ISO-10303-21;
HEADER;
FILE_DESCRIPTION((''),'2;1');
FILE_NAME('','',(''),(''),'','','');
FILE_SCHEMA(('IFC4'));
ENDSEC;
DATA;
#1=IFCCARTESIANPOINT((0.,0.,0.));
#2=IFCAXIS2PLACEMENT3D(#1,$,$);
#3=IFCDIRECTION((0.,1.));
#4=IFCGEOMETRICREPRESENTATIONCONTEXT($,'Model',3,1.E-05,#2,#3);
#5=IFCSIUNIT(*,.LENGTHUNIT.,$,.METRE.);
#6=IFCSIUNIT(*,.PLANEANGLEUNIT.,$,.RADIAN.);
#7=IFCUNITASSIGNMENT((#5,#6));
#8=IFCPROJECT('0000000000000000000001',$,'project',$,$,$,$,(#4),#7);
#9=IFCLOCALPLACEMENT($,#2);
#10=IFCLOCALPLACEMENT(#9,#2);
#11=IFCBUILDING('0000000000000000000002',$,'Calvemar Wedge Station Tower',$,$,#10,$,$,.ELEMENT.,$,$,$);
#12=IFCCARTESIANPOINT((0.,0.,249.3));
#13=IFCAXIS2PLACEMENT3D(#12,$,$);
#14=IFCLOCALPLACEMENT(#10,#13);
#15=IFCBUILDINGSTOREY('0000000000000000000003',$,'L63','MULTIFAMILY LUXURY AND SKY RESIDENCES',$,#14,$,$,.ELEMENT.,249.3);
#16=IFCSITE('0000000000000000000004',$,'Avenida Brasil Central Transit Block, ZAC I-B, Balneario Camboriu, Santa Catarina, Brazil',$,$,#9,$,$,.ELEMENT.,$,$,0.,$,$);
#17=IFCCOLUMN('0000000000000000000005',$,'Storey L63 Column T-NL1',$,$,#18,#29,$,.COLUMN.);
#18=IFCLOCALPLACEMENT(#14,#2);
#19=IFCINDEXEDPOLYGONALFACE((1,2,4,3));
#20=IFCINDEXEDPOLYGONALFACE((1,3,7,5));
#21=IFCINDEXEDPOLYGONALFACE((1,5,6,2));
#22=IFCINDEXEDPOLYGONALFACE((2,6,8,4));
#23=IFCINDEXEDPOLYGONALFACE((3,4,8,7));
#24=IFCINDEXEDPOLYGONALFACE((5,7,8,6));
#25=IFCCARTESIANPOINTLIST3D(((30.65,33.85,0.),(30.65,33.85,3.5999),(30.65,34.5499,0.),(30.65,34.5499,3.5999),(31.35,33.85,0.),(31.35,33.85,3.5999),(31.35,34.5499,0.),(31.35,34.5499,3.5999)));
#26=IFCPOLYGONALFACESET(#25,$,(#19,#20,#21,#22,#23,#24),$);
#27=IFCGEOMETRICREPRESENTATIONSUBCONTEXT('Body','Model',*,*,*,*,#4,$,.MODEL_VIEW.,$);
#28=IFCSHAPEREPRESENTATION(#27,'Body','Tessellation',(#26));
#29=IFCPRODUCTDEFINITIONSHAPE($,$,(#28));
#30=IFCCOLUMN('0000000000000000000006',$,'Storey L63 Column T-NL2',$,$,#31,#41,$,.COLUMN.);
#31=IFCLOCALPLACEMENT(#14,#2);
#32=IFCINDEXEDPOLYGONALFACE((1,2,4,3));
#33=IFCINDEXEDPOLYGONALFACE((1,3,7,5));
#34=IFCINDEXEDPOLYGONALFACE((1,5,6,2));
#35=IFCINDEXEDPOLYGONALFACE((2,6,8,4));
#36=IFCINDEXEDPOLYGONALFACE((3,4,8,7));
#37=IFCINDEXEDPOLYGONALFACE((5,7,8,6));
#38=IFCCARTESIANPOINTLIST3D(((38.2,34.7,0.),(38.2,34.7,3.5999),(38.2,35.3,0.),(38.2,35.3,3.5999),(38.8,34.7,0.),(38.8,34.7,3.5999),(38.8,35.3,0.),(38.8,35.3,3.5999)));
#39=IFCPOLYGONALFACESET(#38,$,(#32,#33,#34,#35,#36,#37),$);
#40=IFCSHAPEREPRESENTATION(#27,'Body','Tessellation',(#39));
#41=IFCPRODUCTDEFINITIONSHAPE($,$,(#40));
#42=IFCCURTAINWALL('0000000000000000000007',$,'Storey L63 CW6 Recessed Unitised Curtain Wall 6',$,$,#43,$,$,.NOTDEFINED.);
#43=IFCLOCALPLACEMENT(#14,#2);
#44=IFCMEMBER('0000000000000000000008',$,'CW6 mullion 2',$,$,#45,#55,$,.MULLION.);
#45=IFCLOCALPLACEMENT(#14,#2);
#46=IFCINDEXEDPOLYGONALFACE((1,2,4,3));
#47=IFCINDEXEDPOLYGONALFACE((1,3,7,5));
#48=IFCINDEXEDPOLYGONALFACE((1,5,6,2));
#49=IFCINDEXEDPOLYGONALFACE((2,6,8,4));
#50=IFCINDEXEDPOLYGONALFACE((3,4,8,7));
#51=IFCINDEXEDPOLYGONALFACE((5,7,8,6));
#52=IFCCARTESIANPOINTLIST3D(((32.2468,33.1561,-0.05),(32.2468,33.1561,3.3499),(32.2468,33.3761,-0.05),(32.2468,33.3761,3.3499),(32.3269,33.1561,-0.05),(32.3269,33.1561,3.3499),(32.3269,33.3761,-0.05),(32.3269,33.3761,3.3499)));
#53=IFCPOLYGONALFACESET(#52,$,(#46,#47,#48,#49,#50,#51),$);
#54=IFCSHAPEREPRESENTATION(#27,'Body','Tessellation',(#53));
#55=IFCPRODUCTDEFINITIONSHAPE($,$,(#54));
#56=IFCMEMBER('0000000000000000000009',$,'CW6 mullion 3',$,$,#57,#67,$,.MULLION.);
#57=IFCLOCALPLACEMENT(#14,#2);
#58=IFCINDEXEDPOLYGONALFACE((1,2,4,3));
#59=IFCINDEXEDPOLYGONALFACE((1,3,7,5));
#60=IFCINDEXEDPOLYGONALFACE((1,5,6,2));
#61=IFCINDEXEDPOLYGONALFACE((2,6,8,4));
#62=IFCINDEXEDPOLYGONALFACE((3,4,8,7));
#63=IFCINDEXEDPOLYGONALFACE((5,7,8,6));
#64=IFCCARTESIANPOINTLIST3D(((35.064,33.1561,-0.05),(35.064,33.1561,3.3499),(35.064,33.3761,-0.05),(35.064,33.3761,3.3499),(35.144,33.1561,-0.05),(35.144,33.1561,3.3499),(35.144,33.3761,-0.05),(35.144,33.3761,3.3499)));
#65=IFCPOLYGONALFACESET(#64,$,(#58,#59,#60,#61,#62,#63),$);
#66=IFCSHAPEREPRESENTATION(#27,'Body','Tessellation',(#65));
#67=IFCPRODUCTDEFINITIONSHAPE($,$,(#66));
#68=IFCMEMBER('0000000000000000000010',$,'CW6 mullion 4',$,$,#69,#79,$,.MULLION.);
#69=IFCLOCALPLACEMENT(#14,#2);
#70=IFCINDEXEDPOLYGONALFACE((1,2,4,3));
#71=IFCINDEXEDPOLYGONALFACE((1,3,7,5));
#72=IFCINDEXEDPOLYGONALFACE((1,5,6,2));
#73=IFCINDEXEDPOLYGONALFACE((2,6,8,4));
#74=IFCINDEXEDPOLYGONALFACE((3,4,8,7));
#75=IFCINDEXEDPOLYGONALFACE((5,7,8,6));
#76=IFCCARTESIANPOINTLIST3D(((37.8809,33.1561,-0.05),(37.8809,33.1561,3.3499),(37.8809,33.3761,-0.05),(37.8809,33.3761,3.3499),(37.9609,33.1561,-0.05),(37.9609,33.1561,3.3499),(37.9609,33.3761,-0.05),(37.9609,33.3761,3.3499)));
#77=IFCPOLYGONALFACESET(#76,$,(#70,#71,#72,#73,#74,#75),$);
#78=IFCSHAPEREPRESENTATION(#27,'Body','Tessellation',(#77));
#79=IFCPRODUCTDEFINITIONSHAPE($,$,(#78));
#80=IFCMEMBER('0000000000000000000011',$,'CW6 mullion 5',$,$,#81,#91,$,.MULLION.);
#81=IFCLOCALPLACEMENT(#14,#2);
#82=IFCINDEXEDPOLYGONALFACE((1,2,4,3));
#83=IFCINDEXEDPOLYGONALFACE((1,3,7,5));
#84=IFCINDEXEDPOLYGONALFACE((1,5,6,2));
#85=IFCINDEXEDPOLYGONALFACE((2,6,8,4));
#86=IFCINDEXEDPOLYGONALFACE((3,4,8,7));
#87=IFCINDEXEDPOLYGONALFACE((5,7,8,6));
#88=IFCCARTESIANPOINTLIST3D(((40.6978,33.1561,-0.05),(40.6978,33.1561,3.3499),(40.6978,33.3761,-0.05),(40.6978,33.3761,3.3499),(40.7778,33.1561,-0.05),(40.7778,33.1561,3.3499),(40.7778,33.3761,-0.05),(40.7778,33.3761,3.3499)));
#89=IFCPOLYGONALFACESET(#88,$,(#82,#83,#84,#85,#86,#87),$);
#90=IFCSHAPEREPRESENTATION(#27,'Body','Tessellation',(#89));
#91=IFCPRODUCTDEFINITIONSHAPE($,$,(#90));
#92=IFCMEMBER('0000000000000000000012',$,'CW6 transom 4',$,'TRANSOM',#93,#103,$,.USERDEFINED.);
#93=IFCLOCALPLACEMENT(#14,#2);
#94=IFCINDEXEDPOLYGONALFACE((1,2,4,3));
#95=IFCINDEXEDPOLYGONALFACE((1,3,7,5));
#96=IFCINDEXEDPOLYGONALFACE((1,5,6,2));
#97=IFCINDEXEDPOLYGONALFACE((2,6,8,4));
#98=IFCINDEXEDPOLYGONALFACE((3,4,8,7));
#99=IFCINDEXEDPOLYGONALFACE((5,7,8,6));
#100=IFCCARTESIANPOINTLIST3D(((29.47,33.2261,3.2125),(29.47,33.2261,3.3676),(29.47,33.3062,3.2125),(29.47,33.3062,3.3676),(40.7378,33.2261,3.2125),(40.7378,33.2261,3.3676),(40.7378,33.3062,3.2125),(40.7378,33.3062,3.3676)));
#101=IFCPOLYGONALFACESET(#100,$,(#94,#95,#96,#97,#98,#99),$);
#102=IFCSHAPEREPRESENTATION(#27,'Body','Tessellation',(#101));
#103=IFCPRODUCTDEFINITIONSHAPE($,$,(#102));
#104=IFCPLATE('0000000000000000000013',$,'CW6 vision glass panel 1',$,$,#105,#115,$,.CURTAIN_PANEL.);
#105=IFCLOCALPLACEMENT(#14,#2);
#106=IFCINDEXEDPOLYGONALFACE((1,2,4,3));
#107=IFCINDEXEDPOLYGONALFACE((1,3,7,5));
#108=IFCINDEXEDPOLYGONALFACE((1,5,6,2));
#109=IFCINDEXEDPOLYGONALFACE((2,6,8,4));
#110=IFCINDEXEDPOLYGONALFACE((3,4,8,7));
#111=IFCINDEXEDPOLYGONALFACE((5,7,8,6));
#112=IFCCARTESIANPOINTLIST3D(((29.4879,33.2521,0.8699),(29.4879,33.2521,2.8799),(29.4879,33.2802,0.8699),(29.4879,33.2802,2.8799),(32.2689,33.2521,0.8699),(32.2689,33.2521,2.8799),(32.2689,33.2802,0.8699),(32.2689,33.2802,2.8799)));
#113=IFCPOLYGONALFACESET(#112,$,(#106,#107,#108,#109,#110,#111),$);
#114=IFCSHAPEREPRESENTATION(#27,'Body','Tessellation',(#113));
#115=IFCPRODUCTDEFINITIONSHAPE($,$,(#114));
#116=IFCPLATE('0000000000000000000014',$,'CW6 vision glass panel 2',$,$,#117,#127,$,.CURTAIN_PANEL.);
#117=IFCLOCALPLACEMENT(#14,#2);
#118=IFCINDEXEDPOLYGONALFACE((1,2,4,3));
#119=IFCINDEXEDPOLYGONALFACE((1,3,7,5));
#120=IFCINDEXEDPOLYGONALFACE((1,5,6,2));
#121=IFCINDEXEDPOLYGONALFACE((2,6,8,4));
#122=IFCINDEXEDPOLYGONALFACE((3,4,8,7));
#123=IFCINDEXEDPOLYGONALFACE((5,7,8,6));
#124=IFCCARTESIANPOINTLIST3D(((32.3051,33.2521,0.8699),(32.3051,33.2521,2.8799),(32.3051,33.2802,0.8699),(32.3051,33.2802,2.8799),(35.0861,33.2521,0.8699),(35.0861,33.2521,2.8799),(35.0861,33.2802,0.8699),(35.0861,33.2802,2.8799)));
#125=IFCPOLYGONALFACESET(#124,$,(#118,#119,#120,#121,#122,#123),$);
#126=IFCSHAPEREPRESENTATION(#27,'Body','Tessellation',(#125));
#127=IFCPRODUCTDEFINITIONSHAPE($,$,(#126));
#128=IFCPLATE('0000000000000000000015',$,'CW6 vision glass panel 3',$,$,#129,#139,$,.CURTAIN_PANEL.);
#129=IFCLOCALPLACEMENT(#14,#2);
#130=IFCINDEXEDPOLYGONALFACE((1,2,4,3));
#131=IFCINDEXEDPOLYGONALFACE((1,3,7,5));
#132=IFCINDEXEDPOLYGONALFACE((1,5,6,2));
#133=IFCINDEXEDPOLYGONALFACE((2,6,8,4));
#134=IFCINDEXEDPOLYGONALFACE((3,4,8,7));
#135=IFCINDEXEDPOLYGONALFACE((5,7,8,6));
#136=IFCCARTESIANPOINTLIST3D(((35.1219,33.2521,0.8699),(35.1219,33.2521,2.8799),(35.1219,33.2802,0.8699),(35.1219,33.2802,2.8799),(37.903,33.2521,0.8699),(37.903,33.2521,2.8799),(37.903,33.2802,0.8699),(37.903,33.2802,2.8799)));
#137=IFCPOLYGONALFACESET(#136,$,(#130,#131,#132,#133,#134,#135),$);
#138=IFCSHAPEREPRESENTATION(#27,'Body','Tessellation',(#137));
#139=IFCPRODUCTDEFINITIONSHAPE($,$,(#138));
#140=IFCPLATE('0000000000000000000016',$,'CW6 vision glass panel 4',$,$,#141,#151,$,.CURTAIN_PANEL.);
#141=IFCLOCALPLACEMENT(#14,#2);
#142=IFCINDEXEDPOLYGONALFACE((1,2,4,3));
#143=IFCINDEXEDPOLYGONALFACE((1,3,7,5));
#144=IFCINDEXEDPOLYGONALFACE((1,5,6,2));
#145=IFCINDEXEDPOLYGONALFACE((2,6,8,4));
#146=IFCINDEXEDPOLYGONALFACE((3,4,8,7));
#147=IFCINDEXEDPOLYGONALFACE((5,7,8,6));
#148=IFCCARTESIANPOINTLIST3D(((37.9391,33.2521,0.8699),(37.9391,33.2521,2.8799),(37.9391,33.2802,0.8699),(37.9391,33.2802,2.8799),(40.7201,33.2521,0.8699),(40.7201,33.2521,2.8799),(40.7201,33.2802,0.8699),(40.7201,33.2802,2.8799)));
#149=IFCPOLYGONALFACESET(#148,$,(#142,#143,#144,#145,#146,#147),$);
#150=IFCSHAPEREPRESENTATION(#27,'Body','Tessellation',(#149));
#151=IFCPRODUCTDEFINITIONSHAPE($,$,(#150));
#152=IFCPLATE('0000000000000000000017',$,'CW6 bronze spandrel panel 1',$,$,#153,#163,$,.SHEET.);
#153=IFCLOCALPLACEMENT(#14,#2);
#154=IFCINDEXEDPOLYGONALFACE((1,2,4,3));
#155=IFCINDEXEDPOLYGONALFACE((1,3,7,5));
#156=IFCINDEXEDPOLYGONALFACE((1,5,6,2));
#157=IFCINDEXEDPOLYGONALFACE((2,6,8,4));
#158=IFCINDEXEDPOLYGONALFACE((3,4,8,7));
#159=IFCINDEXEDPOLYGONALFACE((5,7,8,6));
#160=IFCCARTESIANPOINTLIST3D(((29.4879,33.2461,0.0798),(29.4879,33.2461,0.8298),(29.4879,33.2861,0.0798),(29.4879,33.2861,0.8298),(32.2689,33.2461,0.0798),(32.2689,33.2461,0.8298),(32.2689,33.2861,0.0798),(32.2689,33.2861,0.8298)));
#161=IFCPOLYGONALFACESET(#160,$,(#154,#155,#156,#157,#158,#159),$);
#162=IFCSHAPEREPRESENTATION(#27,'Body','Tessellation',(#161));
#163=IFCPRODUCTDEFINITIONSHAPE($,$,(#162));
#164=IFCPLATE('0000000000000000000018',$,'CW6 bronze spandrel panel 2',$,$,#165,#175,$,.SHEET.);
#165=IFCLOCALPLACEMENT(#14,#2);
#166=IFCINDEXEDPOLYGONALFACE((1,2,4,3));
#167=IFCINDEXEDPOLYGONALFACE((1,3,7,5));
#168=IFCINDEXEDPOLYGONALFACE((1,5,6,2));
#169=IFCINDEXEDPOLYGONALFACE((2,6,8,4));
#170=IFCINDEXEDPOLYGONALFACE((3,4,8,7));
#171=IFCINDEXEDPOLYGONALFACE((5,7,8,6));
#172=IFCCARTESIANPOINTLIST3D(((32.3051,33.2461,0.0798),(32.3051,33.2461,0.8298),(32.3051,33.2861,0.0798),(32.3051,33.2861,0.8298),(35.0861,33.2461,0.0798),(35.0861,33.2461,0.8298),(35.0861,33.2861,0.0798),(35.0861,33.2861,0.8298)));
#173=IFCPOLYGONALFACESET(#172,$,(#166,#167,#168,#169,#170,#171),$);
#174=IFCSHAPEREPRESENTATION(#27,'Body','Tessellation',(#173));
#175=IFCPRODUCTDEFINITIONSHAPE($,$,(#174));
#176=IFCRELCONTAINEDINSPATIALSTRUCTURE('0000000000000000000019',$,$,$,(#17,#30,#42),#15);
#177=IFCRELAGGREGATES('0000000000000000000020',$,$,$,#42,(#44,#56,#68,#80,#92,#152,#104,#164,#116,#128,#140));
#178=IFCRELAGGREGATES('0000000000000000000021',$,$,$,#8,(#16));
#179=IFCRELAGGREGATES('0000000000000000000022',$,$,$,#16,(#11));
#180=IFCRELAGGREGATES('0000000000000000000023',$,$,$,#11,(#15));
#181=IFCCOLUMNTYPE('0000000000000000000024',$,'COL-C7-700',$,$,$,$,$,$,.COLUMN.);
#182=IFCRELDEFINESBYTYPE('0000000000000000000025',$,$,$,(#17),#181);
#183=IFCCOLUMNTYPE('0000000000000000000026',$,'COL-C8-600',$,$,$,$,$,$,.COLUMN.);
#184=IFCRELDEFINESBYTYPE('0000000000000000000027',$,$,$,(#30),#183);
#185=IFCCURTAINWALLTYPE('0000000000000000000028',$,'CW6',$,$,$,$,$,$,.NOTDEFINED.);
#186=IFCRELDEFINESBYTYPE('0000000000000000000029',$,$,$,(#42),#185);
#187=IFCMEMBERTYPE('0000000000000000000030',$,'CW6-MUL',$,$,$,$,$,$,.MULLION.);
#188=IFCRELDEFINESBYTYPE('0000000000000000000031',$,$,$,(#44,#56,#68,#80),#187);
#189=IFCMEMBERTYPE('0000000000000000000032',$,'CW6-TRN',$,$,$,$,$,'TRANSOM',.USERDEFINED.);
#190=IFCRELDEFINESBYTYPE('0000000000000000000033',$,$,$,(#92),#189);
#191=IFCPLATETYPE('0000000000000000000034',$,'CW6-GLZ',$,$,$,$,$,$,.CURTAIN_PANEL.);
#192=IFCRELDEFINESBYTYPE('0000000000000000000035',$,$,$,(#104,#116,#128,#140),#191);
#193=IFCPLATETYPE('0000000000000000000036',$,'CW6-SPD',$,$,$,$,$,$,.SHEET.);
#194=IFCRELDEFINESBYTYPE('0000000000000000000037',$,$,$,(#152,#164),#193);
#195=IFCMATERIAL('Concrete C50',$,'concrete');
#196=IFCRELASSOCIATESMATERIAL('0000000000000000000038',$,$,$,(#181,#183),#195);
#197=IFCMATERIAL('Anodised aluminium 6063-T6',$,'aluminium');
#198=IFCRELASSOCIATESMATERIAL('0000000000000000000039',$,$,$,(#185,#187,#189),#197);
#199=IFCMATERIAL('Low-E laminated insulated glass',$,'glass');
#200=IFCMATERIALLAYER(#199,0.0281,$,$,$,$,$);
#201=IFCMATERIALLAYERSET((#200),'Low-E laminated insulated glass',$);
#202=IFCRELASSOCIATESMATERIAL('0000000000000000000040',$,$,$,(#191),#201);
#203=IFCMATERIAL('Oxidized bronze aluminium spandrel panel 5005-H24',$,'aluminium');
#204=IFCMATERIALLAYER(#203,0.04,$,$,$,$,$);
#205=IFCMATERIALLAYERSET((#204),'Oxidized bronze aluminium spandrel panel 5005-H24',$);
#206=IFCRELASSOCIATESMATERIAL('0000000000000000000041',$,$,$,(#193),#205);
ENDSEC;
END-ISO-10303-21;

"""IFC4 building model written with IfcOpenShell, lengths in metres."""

from ifc_helpers import new_model, si_unit, direction, frame, frame_2d, origin, origin_2d, place, context, subcontext, project, spatial, rectangle, extrude, source, transform, mapped, material, layer, layer_set, material_profile, profile_set, type_object, element, aggregate, save


model = new_model("IFC4")

# Units and contexts
model_context = context("Model", 3, precision=1e-05, world=origin(), true_north=direction((0.0, 1.0)))
body_context = subcontext(model_context, "Body", "Model", "MODEL_VIEW")
ifc_project = project(units=[si_unit("LENGTHUNIT", "METRE"), si_unit("PLANEANGLEUNIT", "RADIAN")], contexts=[model_context])

# Site, building, storey
site_placement = place(None, origin())
site = spatial("IfcSite", under=ifc_project, at=site_placement, Name="Avenida Brasil Central Transit Block, ZAC I-B, Balneario Camboriu, Santa Catarina, Brazil", CompositionType="ELEMENT", RefElevation=0.0)
building_placement = place(site_placement, origin())
building = spatial("IfcBuilding", under=site, at=building_placement, Name="Calvemar Wedge Station Tower", CompositionType="ELEMENT")
storey_placement = place(building_placement, frame((0.0, 0.0, 249.3)))
storey = spatial("IfcBuildingStorey", under=building, at=storey_placement, Name="L63", Description="MULTIFAMILY LUXURY AND SKY RESIDENCES", CompositionType="ELEMENT", Elevation=249.3)

# Columns
ifc_material_1 = material(Name="Concrete C50", Category="concrete")
ifc_material_profile_1 = material_profile(ifc_material_1, rectangle(XDim=0.7, YDim=0.7, at=origin_2d()), Name="RC700x700")
ifc_profile_set_1 = profile_set([ifc_material_profile_1], Name="Concrete C50")
column_type_1 = type_object("IfcColumnType", Name="COL-C7-700", PredefinedType="COLUMN", material=ifc_profile_set_1)
shared_shape_1 = source(origin(), body_context, "Body", "SweptSolid", [
    extrude(rectangle(XDim=0.7, YDim=0.7, at=origin_2d()), origin(), (0.0, 0.0, 1.0), 3.5999),
])
column_1_placement = place(storey_placement, frame((31.0, 34.2, 0.0), z_axis=(0.0, 0.0, 1.0), x_axis=(1.0, 0.0, 0.0)))
element("IfcColumn", 1, at=column_1_placement, inside=storey, type_object=column_type_1, Name="Storey L63 Column T-NL1", PredefinedType="COLUMN", context=body_context, shape_type="MappedRepresentation", body=[
    mapped(shared_shape_1, transform((0.0, 0.0, 0.0), scale=1.0)),
])
ifc_material_profile_2 = material_profile(ifc_material_1, rectangle(XDim=0.6001, YDim=0.6001, at=origin_2d()), Name="RC600x600")
ifc_profile_set_2 = profile_set([ifc_material_profile_2], Name="Concrete C50")
column_type_2 = type_object("IfcColumnType", Name="COL-C8-600", PredefinedType="COLUMN", material=ifc_profile_set_2)
shared_shape_2 = source(origin(), body_context, "Body", "SweptSolid", [
    extrude(rectangle(XDim=0.6001, YDim=0.6001, at=origin_2d()), origin(), (0.0, 0.0, 1.0), 3.5999),
])
column_2_placement = place(storey_placement, frame((38.5, 35.0, 0.0), z_axis=(0.0, 0.0, 1.0), x_axis=(1.0, 0.0, 0.0)))
element("IfcColumn", 2, at=column_2_placement, inside=storey, type_object=column_type_2, Name="Storey L63 Column T-NL2", PredefinedType="COLUMN", context=body_context, shape_type="MappedRepresentation", body=[
    mapped(shared_shape_2, transform((0.0, 0.0, 0.0), scale=1.0)),
])

# Curtain wall, members, plates
ifc_material_2 = material(Name="Anodised aluminium 6063-T6", Category="aluminium")
curtain_wall_type = type_object("IfcCurtainWallType", Name="CW6", PredefinedType="NOTDEFINED", material=ifc_material_2)
curtain_wall_placement = place(storey_placement, origin())
curtain_wall = element("IfcCurtainWall", 3, at=curtain_wall_placement, inside=storey, type_object=curtain_wall_type, Name="Storey L63 CW6 Recessed Unitised Curtain Wall 6", PredefinedType="NOTDEFINED")
ifc_material_profile_3 = material_profile(ifc_material_2, rectangle(XDim=0.0801, YDim=0.22, at=origin_2d()), Name="AL-MUL-80x220")
ifc_profile_set_3 = profile_set([ifc_material_profile_3], Name="Anodised aluminium 6063-T6")
member_type_1 = type_object("IfcMemberType", Name="CW6-MUL", PredefinedType="MULLION", material=ifc_profile_set_3)
shared_shape_3 = source(origin(), body_context, "Body", "SweptSolid", [
    extrude(rectangle(XDim=0.0801, YDim=0.22, at=origin_2d()), origin(), (0.0, 0.0, 1.0), 3.3999),
])
member_1_placement = place(storey_placement, frame((32.2869, 33.2661, -0.05), z_axis=(0.0, 0.0, 1.0), x_axis=(1.0, 0.0, 0.0)))
member_1 = element("IfcMember", 4, at=member_1_placement, type_object=member_type_1, Name="CW6 mullion 2", PredefinedType="MULLION", context=body_context, shape_type="MappedRepresentation", body=[
    mapped(shared_shape_3, transform((0.0, 0.0, 0.0), scale=1.0)),
])
member_2_placement = place(storey_placement, frame((35.104, 33.2661, -0.05), z_axis=(0.0, 0.0, 1.0), x_axis=(1.0, 0.0, 0.0)))
member_2 = element("IfcMember", 5, at=member_2_placement, type_object=member_type_1, Name="CW6 mullion 3", PredefinedType="MULLION", context=body_context, shape_type="MappedRepresentation", body=[
    mapped(shared_shape_3, transform((0.0, 0.0, 0.0), scale=1.0)),
])
member_3_placement = place(storey_placement, frame((37.9209, 33.2661, -0.05), z_axis=(0.0, 0.0, 1.0), x_axis=(1.0, 0.0, 0.0)))
member_3 = element("IfcMember", 6, at=member_3_placement, type_object=member_type_1, Name="CW6 mullion 4", PredefinedType="MULLION", context=body_context, shape_type="MappedRepresentation", body=[
    mapped(shared_shape_3, transform((0.0, 0.0, 0.0), scale=1.0)),
])
member_4_placement = place(storey_placement, frame((40.7378, 33.2661, -0.05), z_axis=(0.0, 0.0, 1.0), x_axis=(1.0, 0.0, 0.0)))
member_4 = element("IfcMember", 7, at=member_4_placement, type_object=member_type_1, Name="CW6 mullion 5", PredefinedType="MULLION", context=body_context, shape_type="MappedRepresentation", body=[
    mapped(shared_shape_3, transform((0.0, 0.0, 0.0), scale=1.0)),
])
ifc_material_profile_4 = material_profile(ifc_material_2, rectangle(XDim=0.0801, YDim=0.155, at=origin_2d()), Name="AL-TRN-80x155")
ifc_profile_set_4 = profile_set([ifc_material_profile_4], Name="Anodised aluminium 6063-T6")
member_type_2 = type_object("IfcMemberType", Name="CW6-TRN", ElementType="TRANSOM", PredefinedType="USERDEFINED", material=ifc_profile_set_4)
shared_shape_4 = source(origin(), body_context, "Body", "SweptSolid", [
    extrude(rectangle(XDim=0.0801, YDim=0.155, at=origin_2d()), origin(), (0.0, 0.0, 1.0), 11.2678),
])
member_5_placement = place(storey_placement, frame((29.47, 33.2661, 3.29), z_axis=(1.0, 0.0, 0.0), x_axis=(0.0, 1.0, 0.0)))
member_5 = element("IfcMember", 8, at=member_5_placement, type_object=member_type_2, Name="CW6 transom 4", ObjectType="TRANSOM", PredefinedType="USERDEFINED", context=body_context, shape_type="MappedRepresentation", body=[
    mapped(shared_shape_4, transform((0.0, 0.0, 0.0), scale=1.0)),
])
ifc_material_3 = material(Name="Low-E laminated insulated glass", Category="glass")
ifc_layer_1 = layer(ifc_material_3, 0.0281)
ifc_layer_set_1 = layer_set([ifc_layer_1], Name="Low-E laminated insulated glass")
plate_type_1 = type_object("IfcPlateType", Name="CW6-GLZ", PredefinedType="CURTAIN_PANEL", material=ifc_layer_set_1)
plate_1_placement = place(storey_placement, frame((29.4878, 33.2661, 0.8699), z_axis=(0.0, 0.0, 1.0), x_axis=(1.0, 0.0, 0.0)))
plate_1 = element("IfcPlate", 9, at=plate_1_placement, type_object=plate_type_1, Name="CW6 vision glass panel 1", PredefinedType="CURTAIN_PANEL", context=body_context, shape_type="SweptSolid", body=[
    extrude(rectangle(XDim=2.781, YDim=0.0281, at=frame_2d((1.3906, 0.0))), origin(), (0.0, 0.0, 1.0), 2.01),
])
plate_2_placement = place(storey_placement, frame((32.3049, 33.2661, 0.8699), z_axis=(0.0, 0.0, 1.0), x_axis=(1.0, 0.0, 0.0)))
plate_2 = element("IfcPlate", 10, at=plate_2_placement, type_object=plate_type_1, Name="CW6 vision glass panel 2", PredefinedType="CURTAIN_PANEL", context=body_context, shape_type="SweptSolid", body=[
    extrude(rectangle(XDim=2.781, YDim=0.0281, at=frame_2d((1.3906, 0.0))), origin(), (0.0, 0.0, 1.0), 2.01),
])
plate_3_placement = place(storey_placement, frame((35.1218, 33.2661, 0.8699), z_axis=(0.0, 0.0, 1.0), x_axis=(1.0, 0.0, 0.0)))
plate_3 = element("IfcPlate", 11, at=plate_3_placement, type_object=plate_type_1, Name="CW6 vision glass panel 3", PredefinedType="CURTAIN_PANEL", context=body_context, shape_type="SweptSolid", body=[
    extrude(rectangle(XDim=2.781, YDim=0.0281, at=frame_2d((1.3906, 0.0))), origin(), (0.0, 0.0, 1.0), 2.01),
])
plate_4_placement = place(storey_placement, frame((37.939, 33.2661, 0.8699), z_axis=(0.0, 0.0, 1.0), x_axis=(1.0, 0.0, 0.0)))
plate_4 = element("IfcPlate", 12, at=plate_4_placement, type_object=plate_type_1, Name="CW6 vision glass panel 4", PredefinedType="CURTAIN_PANEL", context=body_context, shape_type="SweptSolid", body=[
    extrude(rectangle(XDim=2.781, YDim=0.0281, at=frame_2d((1.3906, 0.0))), origin(), (0.0, 0.0, 1.0), 2.01),
])
ifc_material_4 = material(Name="Oxidized bronze aluminium spandrel panel 5005-H24", Category="aluminium")
ifc_layer_2 = layer(ifc_material_4, 0.04)
ifc_layer_set_2 = layer_set([ifc_layer_2], Name="Oxidized bronze aluminium spandrel panel 5005-H24")
plate_type_2 = type_object("IfcPlateType", Name="CW6-SPD", PredefinedType="SHEET", material=ifc_layer_set_2)
plate_5_placement = place(storey_placement, frame((29.4878, 33.2661, 0.0798), z_axis=(0.0, 0.0, 1.0), x_axis=(1.0, 0.0, 0.0)))
plate_5 = element("IfcPlate", 13, at=plate_5_placement, type_object=plate_type_2, Name="CW6 bronze spandrel panel 1", PredefinedType="SHEET", context=body_context, shape_type="SweptSolid", body=[
    extrude(rectangle(XDim=2.781, YDim=0.04, at=frame_2d((1.3906, 0.0))), origin(), (0.0, 0.0, 1.0), 0.75),
])
plate_6_placement = place(storey_placement, frame((32.3049, 33.2661, 0.0798), z_axis=(0.0, 0.0, 1.0), x_axis=(1.0, 0.0, 0.0)))
plate_6 = element("IfcPlate", 14, at=plate_6_placement, type_object=plate_type_2, Name="CW6 bronze spandrel panel 2", PredefinedType="SHEET", context=body_context, shape_type="SweptSolid", body=[
    extrude(rectangle(XDim=2.781, YDim=0.04, at=frame_2d((1.3906, 0.0))), origin(), (0.0, 0.0, 1.0), 0.75),
])
aggregate(curtain_wall, [member_1, member_2, member_3, member_4, member_5, plate_5, plate_1, plate_6, plate_2, plate_3, plate_4])

save(model, "model.ifc")
